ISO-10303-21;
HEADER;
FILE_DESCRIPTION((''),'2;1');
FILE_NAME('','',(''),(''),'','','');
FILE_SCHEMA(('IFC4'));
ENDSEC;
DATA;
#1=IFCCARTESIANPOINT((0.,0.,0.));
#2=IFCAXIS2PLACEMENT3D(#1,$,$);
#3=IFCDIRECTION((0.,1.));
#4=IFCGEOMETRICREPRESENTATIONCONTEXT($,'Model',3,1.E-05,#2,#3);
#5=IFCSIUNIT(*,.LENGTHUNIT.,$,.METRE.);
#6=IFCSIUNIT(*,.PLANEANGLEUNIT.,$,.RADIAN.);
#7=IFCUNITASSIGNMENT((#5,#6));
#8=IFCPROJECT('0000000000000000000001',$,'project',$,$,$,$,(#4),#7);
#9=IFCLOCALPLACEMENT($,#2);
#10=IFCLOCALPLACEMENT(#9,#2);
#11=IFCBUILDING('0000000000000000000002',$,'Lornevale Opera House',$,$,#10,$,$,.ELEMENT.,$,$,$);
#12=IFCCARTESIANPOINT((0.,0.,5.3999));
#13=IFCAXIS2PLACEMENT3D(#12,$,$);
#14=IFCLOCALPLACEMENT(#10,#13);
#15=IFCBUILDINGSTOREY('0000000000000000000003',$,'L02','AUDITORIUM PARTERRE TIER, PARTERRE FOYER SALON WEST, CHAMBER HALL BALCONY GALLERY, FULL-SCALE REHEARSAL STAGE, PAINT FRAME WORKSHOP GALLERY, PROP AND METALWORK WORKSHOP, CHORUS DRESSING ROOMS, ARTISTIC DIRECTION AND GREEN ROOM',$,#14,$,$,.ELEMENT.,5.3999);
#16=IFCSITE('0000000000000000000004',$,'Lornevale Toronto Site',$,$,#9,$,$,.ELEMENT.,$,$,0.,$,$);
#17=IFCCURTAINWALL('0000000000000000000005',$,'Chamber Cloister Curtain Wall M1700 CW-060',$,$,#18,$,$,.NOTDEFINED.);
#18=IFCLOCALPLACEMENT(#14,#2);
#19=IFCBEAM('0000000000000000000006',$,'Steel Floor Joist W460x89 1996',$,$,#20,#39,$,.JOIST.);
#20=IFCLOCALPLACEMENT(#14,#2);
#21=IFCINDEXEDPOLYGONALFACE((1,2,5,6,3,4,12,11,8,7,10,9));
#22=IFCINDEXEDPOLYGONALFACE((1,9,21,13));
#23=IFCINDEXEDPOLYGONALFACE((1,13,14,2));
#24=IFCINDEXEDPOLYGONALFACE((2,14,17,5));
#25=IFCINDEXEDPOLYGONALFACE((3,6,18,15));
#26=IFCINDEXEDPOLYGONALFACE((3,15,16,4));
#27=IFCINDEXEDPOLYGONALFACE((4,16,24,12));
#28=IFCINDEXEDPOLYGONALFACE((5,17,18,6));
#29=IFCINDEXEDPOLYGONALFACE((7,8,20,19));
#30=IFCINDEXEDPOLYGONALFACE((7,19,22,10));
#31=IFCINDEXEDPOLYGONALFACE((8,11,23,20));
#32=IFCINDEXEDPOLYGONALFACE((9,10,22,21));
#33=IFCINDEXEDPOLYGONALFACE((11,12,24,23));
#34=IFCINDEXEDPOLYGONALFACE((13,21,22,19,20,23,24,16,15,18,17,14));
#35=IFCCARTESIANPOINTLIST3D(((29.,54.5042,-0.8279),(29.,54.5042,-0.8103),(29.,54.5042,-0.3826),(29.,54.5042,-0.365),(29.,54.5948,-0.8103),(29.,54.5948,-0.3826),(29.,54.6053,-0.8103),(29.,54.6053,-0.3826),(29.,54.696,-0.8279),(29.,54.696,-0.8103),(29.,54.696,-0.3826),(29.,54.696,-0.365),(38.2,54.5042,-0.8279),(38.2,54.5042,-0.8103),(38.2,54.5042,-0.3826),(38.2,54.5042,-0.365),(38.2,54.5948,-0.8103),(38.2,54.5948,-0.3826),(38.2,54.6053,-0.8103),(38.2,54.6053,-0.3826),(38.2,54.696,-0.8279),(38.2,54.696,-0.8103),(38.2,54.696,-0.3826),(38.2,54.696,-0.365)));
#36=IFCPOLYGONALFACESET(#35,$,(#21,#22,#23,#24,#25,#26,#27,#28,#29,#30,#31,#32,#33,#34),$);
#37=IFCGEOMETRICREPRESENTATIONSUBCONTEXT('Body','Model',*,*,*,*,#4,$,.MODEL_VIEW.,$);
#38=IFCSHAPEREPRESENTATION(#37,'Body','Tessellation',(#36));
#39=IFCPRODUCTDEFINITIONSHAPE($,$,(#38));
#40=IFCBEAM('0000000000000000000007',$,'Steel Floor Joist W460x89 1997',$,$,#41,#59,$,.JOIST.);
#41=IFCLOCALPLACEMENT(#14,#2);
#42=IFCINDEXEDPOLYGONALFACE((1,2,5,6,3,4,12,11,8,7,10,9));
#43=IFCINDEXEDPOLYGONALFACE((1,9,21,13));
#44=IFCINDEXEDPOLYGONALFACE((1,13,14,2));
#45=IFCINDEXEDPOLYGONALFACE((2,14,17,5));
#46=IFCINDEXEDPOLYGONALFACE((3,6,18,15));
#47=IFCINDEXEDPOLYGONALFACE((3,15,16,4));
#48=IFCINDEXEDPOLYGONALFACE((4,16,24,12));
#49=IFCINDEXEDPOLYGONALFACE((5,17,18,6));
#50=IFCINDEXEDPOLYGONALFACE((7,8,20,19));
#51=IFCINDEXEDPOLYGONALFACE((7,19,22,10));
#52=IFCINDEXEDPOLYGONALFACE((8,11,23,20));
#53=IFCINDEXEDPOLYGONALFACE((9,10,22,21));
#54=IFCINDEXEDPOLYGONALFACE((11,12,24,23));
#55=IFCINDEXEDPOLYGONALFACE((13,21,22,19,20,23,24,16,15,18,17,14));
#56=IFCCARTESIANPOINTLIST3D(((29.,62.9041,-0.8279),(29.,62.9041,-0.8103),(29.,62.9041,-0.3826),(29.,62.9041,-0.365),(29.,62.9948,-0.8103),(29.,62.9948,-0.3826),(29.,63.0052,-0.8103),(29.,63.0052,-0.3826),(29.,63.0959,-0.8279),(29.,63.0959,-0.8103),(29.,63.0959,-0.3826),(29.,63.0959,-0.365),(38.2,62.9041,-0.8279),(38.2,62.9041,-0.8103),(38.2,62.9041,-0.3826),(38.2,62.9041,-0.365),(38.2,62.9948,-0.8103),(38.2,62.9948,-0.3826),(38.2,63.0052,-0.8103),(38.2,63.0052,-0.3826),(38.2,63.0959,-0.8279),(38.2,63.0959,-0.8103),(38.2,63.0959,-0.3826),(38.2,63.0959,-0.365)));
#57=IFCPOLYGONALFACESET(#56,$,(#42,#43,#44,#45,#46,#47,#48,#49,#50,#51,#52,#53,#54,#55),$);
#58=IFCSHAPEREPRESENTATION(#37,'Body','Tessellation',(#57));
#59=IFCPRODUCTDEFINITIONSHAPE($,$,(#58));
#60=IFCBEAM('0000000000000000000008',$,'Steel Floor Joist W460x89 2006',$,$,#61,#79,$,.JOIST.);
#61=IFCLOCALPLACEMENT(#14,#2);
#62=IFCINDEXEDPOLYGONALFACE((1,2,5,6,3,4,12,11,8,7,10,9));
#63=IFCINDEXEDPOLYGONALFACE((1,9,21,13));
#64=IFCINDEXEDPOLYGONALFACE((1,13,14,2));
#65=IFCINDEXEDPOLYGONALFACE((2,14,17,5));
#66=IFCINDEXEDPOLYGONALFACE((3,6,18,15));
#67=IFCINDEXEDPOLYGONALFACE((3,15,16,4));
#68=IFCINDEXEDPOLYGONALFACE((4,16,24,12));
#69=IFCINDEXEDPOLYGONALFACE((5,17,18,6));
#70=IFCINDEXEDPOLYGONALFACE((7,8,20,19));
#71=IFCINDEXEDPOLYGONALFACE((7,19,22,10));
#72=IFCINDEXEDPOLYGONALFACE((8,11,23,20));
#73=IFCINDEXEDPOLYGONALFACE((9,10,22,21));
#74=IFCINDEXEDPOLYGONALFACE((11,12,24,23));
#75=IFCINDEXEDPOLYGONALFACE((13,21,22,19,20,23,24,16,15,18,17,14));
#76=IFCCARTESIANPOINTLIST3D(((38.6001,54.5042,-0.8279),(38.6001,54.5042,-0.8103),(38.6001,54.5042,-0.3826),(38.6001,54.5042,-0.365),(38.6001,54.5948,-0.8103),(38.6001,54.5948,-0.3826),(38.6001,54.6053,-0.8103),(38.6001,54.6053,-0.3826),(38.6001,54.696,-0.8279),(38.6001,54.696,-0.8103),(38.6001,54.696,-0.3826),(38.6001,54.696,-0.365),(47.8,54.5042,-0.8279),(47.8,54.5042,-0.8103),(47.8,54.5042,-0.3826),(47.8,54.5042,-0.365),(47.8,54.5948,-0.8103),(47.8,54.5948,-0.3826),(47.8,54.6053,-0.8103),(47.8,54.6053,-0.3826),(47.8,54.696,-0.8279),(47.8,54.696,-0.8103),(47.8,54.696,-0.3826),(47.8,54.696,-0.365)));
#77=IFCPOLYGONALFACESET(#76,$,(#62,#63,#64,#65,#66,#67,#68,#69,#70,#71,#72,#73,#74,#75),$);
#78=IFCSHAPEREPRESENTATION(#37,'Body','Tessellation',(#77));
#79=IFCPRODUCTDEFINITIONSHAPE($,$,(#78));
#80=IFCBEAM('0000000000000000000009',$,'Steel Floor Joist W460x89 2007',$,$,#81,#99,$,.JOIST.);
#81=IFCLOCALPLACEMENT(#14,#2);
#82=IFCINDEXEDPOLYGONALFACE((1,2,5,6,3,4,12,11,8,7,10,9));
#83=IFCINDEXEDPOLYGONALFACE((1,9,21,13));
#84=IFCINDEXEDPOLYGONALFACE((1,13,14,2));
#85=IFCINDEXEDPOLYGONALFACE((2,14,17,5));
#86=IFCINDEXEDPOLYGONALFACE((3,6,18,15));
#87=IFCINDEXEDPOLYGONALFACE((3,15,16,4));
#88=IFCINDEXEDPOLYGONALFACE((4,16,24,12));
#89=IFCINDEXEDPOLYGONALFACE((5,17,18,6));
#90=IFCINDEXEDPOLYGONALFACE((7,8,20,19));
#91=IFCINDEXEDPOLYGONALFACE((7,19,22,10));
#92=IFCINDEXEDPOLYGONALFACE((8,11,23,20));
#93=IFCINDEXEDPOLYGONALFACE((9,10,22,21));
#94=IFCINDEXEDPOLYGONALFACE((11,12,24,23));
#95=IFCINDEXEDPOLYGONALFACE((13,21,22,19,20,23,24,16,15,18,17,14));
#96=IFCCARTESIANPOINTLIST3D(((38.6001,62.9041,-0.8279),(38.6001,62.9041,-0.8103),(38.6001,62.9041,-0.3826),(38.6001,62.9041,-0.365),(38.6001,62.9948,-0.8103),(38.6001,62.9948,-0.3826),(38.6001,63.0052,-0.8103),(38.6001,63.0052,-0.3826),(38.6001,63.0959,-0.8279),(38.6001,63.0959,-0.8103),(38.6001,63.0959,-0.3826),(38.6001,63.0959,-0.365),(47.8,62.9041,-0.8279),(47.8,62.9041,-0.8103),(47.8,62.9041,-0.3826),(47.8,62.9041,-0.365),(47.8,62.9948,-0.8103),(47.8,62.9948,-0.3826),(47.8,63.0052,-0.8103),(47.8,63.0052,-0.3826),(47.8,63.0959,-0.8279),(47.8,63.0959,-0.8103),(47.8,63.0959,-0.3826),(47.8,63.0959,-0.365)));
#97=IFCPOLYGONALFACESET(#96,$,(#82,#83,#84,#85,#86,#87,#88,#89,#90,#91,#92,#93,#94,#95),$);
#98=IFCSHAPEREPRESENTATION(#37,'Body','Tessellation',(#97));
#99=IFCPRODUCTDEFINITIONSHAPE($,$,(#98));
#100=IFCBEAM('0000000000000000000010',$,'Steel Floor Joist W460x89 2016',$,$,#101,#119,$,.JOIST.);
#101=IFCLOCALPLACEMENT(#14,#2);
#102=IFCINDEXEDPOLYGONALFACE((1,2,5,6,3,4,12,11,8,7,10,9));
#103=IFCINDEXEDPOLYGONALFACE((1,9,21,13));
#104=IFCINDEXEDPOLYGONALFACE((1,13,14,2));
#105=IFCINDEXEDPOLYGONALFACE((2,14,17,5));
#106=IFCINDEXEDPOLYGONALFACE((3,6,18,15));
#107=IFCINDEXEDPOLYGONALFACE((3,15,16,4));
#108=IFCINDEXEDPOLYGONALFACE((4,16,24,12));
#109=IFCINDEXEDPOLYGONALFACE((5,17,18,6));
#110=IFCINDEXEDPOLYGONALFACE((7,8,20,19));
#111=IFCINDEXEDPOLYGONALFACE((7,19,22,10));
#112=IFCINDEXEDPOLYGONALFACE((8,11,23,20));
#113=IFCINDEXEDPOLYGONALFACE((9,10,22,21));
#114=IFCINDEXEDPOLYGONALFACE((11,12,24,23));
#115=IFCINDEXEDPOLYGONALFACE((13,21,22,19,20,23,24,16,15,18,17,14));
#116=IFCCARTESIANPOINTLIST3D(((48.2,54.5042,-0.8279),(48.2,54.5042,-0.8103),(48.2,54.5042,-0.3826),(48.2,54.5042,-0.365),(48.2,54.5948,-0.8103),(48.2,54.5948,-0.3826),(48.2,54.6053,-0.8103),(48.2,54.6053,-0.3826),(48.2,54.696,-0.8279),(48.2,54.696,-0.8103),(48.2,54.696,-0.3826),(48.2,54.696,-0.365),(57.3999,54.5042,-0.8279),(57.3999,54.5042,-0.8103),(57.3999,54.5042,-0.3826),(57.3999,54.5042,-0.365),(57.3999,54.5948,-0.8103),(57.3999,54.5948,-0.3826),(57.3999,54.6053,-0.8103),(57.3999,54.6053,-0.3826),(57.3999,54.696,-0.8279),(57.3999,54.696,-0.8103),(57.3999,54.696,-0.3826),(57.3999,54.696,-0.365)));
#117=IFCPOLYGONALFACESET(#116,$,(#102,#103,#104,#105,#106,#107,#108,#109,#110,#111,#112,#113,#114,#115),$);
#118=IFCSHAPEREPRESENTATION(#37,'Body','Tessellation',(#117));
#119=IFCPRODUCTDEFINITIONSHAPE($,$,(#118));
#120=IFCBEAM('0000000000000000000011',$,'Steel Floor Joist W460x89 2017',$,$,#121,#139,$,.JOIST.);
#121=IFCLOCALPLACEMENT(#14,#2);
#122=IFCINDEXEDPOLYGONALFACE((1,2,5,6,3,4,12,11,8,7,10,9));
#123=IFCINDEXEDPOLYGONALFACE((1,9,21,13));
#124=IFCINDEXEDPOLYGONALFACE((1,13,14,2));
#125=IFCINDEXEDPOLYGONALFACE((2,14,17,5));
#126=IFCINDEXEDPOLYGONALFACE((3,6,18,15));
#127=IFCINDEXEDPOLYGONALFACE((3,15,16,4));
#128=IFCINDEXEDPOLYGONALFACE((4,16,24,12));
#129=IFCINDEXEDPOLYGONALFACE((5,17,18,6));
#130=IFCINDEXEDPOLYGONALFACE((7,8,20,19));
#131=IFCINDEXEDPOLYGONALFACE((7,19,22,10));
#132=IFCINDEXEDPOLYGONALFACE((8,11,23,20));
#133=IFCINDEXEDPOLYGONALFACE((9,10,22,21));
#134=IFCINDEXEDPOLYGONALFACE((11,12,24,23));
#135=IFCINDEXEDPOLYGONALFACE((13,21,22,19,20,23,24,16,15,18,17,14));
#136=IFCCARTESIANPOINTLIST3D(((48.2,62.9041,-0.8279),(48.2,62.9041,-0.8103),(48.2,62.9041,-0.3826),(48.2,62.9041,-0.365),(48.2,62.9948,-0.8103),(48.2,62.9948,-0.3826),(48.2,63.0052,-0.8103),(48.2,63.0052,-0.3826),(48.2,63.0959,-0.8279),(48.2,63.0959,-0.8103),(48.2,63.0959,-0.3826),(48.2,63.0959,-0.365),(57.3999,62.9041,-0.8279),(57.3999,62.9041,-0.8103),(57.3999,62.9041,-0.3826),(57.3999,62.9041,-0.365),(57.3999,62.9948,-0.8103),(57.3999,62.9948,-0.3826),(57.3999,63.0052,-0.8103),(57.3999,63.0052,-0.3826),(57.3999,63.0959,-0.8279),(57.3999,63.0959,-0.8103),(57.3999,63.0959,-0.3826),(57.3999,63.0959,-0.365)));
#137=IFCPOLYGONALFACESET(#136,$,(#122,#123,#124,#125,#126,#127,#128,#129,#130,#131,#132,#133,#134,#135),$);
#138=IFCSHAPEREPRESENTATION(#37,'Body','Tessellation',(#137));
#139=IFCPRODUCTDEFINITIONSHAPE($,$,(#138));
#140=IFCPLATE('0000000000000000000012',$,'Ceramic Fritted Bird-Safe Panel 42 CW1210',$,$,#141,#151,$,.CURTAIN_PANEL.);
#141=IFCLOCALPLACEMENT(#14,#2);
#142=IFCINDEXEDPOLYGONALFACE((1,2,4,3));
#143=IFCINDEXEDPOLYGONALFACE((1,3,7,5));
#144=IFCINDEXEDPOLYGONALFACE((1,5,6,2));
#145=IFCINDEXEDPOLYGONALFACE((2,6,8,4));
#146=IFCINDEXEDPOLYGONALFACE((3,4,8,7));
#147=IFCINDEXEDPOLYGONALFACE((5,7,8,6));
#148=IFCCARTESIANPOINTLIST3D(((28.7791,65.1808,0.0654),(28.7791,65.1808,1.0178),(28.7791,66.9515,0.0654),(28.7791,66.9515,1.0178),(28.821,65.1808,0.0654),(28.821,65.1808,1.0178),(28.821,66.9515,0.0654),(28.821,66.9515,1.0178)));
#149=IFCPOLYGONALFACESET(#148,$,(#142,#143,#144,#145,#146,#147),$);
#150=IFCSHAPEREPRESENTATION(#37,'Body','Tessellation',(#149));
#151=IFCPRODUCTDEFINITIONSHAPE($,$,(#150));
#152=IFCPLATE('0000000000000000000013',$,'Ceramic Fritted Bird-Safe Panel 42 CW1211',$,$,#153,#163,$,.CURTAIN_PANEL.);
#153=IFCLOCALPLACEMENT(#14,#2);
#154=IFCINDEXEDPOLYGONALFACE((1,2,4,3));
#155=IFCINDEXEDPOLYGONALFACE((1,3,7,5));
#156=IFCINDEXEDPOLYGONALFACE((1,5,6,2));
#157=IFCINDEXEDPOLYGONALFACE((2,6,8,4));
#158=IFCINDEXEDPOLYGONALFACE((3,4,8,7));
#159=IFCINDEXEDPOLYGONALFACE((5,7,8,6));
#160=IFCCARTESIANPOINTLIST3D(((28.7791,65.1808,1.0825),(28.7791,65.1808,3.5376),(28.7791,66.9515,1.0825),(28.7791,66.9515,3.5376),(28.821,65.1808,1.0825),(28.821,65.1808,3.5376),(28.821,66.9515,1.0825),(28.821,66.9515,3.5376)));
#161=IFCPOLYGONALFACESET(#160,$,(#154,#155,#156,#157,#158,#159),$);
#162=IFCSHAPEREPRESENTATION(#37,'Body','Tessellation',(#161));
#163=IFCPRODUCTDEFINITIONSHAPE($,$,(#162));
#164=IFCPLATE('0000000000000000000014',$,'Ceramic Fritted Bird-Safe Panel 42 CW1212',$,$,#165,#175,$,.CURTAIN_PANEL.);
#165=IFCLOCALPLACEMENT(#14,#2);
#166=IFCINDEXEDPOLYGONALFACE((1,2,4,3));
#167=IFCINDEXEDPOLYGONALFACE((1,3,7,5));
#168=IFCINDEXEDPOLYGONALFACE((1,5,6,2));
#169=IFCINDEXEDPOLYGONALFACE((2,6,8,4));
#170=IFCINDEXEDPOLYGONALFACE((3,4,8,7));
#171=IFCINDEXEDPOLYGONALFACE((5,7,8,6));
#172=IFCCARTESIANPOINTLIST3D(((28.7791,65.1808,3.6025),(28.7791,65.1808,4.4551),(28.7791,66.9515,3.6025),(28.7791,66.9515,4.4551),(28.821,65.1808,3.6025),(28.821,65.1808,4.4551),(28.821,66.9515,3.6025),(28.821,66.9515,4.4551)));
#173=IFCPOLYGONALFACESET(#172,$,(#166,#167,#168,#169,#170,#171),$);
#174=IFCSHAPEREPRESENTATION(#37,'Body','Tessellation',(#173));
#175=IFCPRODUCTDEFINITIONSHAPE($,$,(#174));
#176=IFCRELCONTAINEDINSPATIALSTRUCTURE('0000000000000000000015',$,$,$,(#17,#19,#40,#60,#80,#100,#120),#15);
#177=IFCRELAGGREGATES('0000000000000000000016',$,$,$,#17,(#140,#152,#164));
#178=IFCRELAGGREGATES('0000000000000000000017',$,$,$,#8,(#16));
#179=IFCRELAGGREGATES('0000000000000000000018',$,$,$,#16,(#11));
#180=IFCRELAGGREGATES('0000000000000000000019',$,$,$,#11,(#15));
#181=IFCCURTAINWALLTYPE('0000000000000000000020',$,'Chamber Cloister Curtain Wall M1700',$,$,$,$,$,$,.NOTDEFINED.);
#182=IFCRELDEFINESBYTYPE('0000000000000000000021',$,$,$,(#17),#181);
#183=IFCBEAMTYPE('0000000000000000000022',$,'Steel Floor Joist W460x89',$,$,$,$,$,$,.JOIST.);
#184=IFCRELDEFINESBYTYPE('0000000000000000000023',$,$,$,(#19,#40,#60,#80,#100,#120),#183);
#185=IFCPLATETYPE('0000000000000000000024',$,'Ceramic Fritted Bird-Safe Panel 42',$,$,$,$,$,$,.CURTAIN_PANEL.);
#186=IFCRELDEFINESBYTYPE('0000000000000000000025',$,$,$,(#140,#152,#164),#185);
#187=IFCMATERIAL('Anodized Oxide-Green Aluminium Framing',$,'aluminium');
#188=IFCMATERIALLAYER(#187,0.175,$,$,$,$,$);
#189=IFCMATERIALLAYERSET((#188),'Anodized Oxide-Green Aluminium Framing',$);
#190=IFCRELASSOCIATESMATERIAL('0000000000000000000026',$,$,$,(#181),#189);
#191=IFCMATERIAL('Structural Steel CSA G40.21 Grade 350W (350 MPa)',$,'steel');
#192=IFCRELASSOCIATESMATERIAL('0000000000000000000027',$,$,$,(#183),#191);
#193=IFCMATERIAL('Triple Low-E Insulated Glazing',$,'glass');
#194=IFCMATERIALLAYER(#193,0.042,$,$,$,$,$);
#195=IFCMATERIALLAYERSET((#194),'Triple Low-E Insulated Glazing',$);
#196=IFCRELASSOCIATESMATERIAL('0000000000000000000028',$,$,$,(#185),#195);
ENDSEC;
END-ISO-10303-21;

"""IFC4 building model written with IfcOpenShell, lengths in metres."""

from ifc_helpers import new_model, si_unit, direction, frame, origin, origin_2d, place, context, subcontext, project, spatial, rectangle, i_section, extrude, material, layer, layer_set, material_profile, profile_set, type_object, element, aggregate, save


model = new_model("IFC4")

# Units and contexts
model_context = context("Model", 3, precision=1e-05, world=origin(), true_north=direction((0.0, 1.0)))
body_context = subcontext(model_context, "Body", "Model", "MODEL_VIEW")
ifc_project = project(units=[si_unit("LENGTHUNIT", "METRE"), si_unit("PLANEANGLEUNIT", "RADIAN")], contexts=[model_context])

# Site, building, storey
site_placement = place(None, origin())
site = spatial("IfcSite", under=ifc_project, at=site_placement, Name="Lornevale Toronto Site", CompositionType="ELEMENT", RefElevation=0.0)
building_placement = place(site_placement, origin())
building = spatial("IfcBuilding", under=site, at=building_placement, Name="Lornevale Opera House", CompositionType="ELEMENT")
storey_placement = place(building_placement, frame((0.0, 0.0, 5.3999)))
storey = spatial("IfcBuildingStorey", under=building, at=storey_placement, Name="L02", Description="AUDITORIUM PARTERRE TIER, PARTERRE FOYER SALON WEST, CHAMBER HALL BALCONY GALLERY, FULL-SCALE REHEARSAL STAGE, PAINT FRAME WORKSHOP GALLERY, PROP AND METALWORK WORKSHOP, CHORUS DRESSING ROOMS, ARTISTIC DIRECTION AND GREEN ROOM", CompositionType="ELEMENT", Elevation=5.3999)

# Curtain wall
ifc_material_1 = material(Name="Anodized Oxide-Green Aluminium Framing", Category="aluminium")
ifc_layer_1 = layer(ifc_material_1, 0.175)
ifc_layer_set_1 = layer_set([ifc_layer_1], Name="Anodized Oxide-Green Aluminium Framing")
curtain_wall_type = type_object("IfcCurtainWallType", Name="Chamber Cloister Curtain Wall M1700", PredefinedType="NOTDEFINED", material=ifc_layer_set_1)
curtain_wall_placement = place(storey_placement, origin())
curtain_wall = element("IfcCurtainWall", 1, at=curtain_wall_placement, inside=storey, type_object=curtain_wall_type, Name="Chamber Cloister Curtain Wall M1700 CW-060", PredefinedType="NOTDEFINED")

# Beams
ifc_material_2 = material(Name="Structural Steel CSA G40.21 Grade 350W (350 MPa)", Category="steel")
ifc_material_profile_1 = material_profile(ifc_material_2, i_section(OverallWidth=0.1919, OverallDepth=0.4629, WebThickness=0.0105, FlangeThickness=0.0176, at=origin_2d()), Name="W460x89")
ifc_profile_set_1 = profile_set([ifc_material_profile_1], Name="Structural Steel CSA G40.21 Grade 350W (350 MPa)")
beam_type_1 = type_object("IfcBeamType", Name="Steel Floor Joist W460x89", PredefinedType="JOIST", material=ifc_profile_set_1)
for number, where, z_axis, x_axis, name in (
    (2, (29.0, 54.6001, -0.5964), (1.0, 0.0, 0.0), (0.0, 1.0, 0.0), "Steel Floor Joist W460x89 1996"),
    (3, (29.0, 63.0, -0.5964), (1.0, 0.0, 0.0), (0.0, 1.0, 0.0), "Steel Floor Joist W460x89 1997"),
    (4, (38.6001, 54.6001, -0.5964), (1.0, 0.0, 0.0), (0.0, 1.0, 0.0), "Steel Floor Joist W460x89 2006"),
    (5, (38.6001, 63.0, -0.5964), (1.0, 0.0, 0.0), (0.0, 1.0, 0.0), "Steel Floor Joist W460x89 2007"),
    (6, (48.2, 54.6001, -0.5964), (1.0, 0.0, 0.0), (0.0, 1.0, 0.0), "Steel Floor Joist W460x89 2016"),
    (7, (48.2, 63.0, -0.5964), (1.0, 0.0, 0.0), (0.0, 1.0, 0.0), "Steel Floor Joist W460x89 2017"),
):
    element("IfcBeam", number, at=place(storey_placement, frame(where, z_axis=z_axis, x_axis=x_axis)), inside=storey, type_object=beam_type_1, Name=name, PredefinedType="JOIST", context=body_context, shape_type="SweptSolid", body=[
        extrude(i_section(OverallWidth=0.1919, OverallDepth=0.4629, WebThickness=0.0105, FlangeThickness=0.0176, at=origin_2d()), origin(), (0.0, 0.0, 1.0), 9.2),
    ])

# Plates
ifc_material_3 = material(Name="Triple Low-E Insulated Glazing", Category="glass")
ifc_layer_2 = layer(ifc_material_3, 0.042)
ifc_layer_set_2 = layer_set([ifc_layer_2], Name="Triple Low-E Insulated Glazing")
plate_type = type_object("IfcPlateType", Name="Ceramic Fritted Bird-Safe Panel 42", PredefinedType="CURTAIN_PANEL", material=ifc_layer_set_2)
plate_1_placement = place(storey_placement, frame((28.8, 66.0662, 0.0654), z_axis=(0.0, 0.0, 1.0), x_axis=(0.0, 1.0, 0.0)))
plate_1 = element("IfcPlate", 8, at=plate_1_placement, type_object=plate_type, Name="Ceramic Fritted Bird-Safe Panel 42 CW1210", PredefinedType="CURTAIN_PANEL", context=body_context, shape_type="SweptSolid", body=[
    extrude(rectangle(XDim=1.7708, YDim=0.042, at=origin_2d()), origin(), (0.0, 0.0, 1.0), 0.9524),
])
plate_2_placement = place(storey_placement, frame((28.8, 66.0662, 1.0825), z_axis=(0.0, 0.0, 1.0), x_axis=(0.0, 1.0, 0.0)))
plate_2 = element("IfcPlate", 9, at=plate_2_placement, type_object=plate_type, Name="Ceramic Fritted Bird-Safe Panel 42 CW1211", PredefinedType="CURTAIN_PANEL", context=body_context, shape_type="SweptSolid", body=[
    extrude(rectangle(XDim=1.7708, YDim=0.042, at=origin_2d()), origin(), (0.0, 0.0, 1.0), 2.4551),
])
plate_3_placement = place(storey_placement, frame((28.8, 66.0662, 3.6025), z_axis=(0.0, 0.0, 1.0), x_axis=(0.0, 1.0, 0.0)))
plate_3 = element("IfcPlate", 10, at=plate_3_placement, type_object=plate_type, Name="Ceramic Fritted Bird-Safe Panel 42 CW1212", PredefinedType="CURTAIN_PANEL", context=body_context, shape_type="SweptSolid", body=[
    extrude(rectangle(XDim=1.7708, YDim=0.042, at=origin_2d()), origin(), (0.0, 0.0, 1.0), 0.8525),
])
aggregate(curtain_wall, [plate_1, plate_2, plate_3])

save(model, "model.ifc")
